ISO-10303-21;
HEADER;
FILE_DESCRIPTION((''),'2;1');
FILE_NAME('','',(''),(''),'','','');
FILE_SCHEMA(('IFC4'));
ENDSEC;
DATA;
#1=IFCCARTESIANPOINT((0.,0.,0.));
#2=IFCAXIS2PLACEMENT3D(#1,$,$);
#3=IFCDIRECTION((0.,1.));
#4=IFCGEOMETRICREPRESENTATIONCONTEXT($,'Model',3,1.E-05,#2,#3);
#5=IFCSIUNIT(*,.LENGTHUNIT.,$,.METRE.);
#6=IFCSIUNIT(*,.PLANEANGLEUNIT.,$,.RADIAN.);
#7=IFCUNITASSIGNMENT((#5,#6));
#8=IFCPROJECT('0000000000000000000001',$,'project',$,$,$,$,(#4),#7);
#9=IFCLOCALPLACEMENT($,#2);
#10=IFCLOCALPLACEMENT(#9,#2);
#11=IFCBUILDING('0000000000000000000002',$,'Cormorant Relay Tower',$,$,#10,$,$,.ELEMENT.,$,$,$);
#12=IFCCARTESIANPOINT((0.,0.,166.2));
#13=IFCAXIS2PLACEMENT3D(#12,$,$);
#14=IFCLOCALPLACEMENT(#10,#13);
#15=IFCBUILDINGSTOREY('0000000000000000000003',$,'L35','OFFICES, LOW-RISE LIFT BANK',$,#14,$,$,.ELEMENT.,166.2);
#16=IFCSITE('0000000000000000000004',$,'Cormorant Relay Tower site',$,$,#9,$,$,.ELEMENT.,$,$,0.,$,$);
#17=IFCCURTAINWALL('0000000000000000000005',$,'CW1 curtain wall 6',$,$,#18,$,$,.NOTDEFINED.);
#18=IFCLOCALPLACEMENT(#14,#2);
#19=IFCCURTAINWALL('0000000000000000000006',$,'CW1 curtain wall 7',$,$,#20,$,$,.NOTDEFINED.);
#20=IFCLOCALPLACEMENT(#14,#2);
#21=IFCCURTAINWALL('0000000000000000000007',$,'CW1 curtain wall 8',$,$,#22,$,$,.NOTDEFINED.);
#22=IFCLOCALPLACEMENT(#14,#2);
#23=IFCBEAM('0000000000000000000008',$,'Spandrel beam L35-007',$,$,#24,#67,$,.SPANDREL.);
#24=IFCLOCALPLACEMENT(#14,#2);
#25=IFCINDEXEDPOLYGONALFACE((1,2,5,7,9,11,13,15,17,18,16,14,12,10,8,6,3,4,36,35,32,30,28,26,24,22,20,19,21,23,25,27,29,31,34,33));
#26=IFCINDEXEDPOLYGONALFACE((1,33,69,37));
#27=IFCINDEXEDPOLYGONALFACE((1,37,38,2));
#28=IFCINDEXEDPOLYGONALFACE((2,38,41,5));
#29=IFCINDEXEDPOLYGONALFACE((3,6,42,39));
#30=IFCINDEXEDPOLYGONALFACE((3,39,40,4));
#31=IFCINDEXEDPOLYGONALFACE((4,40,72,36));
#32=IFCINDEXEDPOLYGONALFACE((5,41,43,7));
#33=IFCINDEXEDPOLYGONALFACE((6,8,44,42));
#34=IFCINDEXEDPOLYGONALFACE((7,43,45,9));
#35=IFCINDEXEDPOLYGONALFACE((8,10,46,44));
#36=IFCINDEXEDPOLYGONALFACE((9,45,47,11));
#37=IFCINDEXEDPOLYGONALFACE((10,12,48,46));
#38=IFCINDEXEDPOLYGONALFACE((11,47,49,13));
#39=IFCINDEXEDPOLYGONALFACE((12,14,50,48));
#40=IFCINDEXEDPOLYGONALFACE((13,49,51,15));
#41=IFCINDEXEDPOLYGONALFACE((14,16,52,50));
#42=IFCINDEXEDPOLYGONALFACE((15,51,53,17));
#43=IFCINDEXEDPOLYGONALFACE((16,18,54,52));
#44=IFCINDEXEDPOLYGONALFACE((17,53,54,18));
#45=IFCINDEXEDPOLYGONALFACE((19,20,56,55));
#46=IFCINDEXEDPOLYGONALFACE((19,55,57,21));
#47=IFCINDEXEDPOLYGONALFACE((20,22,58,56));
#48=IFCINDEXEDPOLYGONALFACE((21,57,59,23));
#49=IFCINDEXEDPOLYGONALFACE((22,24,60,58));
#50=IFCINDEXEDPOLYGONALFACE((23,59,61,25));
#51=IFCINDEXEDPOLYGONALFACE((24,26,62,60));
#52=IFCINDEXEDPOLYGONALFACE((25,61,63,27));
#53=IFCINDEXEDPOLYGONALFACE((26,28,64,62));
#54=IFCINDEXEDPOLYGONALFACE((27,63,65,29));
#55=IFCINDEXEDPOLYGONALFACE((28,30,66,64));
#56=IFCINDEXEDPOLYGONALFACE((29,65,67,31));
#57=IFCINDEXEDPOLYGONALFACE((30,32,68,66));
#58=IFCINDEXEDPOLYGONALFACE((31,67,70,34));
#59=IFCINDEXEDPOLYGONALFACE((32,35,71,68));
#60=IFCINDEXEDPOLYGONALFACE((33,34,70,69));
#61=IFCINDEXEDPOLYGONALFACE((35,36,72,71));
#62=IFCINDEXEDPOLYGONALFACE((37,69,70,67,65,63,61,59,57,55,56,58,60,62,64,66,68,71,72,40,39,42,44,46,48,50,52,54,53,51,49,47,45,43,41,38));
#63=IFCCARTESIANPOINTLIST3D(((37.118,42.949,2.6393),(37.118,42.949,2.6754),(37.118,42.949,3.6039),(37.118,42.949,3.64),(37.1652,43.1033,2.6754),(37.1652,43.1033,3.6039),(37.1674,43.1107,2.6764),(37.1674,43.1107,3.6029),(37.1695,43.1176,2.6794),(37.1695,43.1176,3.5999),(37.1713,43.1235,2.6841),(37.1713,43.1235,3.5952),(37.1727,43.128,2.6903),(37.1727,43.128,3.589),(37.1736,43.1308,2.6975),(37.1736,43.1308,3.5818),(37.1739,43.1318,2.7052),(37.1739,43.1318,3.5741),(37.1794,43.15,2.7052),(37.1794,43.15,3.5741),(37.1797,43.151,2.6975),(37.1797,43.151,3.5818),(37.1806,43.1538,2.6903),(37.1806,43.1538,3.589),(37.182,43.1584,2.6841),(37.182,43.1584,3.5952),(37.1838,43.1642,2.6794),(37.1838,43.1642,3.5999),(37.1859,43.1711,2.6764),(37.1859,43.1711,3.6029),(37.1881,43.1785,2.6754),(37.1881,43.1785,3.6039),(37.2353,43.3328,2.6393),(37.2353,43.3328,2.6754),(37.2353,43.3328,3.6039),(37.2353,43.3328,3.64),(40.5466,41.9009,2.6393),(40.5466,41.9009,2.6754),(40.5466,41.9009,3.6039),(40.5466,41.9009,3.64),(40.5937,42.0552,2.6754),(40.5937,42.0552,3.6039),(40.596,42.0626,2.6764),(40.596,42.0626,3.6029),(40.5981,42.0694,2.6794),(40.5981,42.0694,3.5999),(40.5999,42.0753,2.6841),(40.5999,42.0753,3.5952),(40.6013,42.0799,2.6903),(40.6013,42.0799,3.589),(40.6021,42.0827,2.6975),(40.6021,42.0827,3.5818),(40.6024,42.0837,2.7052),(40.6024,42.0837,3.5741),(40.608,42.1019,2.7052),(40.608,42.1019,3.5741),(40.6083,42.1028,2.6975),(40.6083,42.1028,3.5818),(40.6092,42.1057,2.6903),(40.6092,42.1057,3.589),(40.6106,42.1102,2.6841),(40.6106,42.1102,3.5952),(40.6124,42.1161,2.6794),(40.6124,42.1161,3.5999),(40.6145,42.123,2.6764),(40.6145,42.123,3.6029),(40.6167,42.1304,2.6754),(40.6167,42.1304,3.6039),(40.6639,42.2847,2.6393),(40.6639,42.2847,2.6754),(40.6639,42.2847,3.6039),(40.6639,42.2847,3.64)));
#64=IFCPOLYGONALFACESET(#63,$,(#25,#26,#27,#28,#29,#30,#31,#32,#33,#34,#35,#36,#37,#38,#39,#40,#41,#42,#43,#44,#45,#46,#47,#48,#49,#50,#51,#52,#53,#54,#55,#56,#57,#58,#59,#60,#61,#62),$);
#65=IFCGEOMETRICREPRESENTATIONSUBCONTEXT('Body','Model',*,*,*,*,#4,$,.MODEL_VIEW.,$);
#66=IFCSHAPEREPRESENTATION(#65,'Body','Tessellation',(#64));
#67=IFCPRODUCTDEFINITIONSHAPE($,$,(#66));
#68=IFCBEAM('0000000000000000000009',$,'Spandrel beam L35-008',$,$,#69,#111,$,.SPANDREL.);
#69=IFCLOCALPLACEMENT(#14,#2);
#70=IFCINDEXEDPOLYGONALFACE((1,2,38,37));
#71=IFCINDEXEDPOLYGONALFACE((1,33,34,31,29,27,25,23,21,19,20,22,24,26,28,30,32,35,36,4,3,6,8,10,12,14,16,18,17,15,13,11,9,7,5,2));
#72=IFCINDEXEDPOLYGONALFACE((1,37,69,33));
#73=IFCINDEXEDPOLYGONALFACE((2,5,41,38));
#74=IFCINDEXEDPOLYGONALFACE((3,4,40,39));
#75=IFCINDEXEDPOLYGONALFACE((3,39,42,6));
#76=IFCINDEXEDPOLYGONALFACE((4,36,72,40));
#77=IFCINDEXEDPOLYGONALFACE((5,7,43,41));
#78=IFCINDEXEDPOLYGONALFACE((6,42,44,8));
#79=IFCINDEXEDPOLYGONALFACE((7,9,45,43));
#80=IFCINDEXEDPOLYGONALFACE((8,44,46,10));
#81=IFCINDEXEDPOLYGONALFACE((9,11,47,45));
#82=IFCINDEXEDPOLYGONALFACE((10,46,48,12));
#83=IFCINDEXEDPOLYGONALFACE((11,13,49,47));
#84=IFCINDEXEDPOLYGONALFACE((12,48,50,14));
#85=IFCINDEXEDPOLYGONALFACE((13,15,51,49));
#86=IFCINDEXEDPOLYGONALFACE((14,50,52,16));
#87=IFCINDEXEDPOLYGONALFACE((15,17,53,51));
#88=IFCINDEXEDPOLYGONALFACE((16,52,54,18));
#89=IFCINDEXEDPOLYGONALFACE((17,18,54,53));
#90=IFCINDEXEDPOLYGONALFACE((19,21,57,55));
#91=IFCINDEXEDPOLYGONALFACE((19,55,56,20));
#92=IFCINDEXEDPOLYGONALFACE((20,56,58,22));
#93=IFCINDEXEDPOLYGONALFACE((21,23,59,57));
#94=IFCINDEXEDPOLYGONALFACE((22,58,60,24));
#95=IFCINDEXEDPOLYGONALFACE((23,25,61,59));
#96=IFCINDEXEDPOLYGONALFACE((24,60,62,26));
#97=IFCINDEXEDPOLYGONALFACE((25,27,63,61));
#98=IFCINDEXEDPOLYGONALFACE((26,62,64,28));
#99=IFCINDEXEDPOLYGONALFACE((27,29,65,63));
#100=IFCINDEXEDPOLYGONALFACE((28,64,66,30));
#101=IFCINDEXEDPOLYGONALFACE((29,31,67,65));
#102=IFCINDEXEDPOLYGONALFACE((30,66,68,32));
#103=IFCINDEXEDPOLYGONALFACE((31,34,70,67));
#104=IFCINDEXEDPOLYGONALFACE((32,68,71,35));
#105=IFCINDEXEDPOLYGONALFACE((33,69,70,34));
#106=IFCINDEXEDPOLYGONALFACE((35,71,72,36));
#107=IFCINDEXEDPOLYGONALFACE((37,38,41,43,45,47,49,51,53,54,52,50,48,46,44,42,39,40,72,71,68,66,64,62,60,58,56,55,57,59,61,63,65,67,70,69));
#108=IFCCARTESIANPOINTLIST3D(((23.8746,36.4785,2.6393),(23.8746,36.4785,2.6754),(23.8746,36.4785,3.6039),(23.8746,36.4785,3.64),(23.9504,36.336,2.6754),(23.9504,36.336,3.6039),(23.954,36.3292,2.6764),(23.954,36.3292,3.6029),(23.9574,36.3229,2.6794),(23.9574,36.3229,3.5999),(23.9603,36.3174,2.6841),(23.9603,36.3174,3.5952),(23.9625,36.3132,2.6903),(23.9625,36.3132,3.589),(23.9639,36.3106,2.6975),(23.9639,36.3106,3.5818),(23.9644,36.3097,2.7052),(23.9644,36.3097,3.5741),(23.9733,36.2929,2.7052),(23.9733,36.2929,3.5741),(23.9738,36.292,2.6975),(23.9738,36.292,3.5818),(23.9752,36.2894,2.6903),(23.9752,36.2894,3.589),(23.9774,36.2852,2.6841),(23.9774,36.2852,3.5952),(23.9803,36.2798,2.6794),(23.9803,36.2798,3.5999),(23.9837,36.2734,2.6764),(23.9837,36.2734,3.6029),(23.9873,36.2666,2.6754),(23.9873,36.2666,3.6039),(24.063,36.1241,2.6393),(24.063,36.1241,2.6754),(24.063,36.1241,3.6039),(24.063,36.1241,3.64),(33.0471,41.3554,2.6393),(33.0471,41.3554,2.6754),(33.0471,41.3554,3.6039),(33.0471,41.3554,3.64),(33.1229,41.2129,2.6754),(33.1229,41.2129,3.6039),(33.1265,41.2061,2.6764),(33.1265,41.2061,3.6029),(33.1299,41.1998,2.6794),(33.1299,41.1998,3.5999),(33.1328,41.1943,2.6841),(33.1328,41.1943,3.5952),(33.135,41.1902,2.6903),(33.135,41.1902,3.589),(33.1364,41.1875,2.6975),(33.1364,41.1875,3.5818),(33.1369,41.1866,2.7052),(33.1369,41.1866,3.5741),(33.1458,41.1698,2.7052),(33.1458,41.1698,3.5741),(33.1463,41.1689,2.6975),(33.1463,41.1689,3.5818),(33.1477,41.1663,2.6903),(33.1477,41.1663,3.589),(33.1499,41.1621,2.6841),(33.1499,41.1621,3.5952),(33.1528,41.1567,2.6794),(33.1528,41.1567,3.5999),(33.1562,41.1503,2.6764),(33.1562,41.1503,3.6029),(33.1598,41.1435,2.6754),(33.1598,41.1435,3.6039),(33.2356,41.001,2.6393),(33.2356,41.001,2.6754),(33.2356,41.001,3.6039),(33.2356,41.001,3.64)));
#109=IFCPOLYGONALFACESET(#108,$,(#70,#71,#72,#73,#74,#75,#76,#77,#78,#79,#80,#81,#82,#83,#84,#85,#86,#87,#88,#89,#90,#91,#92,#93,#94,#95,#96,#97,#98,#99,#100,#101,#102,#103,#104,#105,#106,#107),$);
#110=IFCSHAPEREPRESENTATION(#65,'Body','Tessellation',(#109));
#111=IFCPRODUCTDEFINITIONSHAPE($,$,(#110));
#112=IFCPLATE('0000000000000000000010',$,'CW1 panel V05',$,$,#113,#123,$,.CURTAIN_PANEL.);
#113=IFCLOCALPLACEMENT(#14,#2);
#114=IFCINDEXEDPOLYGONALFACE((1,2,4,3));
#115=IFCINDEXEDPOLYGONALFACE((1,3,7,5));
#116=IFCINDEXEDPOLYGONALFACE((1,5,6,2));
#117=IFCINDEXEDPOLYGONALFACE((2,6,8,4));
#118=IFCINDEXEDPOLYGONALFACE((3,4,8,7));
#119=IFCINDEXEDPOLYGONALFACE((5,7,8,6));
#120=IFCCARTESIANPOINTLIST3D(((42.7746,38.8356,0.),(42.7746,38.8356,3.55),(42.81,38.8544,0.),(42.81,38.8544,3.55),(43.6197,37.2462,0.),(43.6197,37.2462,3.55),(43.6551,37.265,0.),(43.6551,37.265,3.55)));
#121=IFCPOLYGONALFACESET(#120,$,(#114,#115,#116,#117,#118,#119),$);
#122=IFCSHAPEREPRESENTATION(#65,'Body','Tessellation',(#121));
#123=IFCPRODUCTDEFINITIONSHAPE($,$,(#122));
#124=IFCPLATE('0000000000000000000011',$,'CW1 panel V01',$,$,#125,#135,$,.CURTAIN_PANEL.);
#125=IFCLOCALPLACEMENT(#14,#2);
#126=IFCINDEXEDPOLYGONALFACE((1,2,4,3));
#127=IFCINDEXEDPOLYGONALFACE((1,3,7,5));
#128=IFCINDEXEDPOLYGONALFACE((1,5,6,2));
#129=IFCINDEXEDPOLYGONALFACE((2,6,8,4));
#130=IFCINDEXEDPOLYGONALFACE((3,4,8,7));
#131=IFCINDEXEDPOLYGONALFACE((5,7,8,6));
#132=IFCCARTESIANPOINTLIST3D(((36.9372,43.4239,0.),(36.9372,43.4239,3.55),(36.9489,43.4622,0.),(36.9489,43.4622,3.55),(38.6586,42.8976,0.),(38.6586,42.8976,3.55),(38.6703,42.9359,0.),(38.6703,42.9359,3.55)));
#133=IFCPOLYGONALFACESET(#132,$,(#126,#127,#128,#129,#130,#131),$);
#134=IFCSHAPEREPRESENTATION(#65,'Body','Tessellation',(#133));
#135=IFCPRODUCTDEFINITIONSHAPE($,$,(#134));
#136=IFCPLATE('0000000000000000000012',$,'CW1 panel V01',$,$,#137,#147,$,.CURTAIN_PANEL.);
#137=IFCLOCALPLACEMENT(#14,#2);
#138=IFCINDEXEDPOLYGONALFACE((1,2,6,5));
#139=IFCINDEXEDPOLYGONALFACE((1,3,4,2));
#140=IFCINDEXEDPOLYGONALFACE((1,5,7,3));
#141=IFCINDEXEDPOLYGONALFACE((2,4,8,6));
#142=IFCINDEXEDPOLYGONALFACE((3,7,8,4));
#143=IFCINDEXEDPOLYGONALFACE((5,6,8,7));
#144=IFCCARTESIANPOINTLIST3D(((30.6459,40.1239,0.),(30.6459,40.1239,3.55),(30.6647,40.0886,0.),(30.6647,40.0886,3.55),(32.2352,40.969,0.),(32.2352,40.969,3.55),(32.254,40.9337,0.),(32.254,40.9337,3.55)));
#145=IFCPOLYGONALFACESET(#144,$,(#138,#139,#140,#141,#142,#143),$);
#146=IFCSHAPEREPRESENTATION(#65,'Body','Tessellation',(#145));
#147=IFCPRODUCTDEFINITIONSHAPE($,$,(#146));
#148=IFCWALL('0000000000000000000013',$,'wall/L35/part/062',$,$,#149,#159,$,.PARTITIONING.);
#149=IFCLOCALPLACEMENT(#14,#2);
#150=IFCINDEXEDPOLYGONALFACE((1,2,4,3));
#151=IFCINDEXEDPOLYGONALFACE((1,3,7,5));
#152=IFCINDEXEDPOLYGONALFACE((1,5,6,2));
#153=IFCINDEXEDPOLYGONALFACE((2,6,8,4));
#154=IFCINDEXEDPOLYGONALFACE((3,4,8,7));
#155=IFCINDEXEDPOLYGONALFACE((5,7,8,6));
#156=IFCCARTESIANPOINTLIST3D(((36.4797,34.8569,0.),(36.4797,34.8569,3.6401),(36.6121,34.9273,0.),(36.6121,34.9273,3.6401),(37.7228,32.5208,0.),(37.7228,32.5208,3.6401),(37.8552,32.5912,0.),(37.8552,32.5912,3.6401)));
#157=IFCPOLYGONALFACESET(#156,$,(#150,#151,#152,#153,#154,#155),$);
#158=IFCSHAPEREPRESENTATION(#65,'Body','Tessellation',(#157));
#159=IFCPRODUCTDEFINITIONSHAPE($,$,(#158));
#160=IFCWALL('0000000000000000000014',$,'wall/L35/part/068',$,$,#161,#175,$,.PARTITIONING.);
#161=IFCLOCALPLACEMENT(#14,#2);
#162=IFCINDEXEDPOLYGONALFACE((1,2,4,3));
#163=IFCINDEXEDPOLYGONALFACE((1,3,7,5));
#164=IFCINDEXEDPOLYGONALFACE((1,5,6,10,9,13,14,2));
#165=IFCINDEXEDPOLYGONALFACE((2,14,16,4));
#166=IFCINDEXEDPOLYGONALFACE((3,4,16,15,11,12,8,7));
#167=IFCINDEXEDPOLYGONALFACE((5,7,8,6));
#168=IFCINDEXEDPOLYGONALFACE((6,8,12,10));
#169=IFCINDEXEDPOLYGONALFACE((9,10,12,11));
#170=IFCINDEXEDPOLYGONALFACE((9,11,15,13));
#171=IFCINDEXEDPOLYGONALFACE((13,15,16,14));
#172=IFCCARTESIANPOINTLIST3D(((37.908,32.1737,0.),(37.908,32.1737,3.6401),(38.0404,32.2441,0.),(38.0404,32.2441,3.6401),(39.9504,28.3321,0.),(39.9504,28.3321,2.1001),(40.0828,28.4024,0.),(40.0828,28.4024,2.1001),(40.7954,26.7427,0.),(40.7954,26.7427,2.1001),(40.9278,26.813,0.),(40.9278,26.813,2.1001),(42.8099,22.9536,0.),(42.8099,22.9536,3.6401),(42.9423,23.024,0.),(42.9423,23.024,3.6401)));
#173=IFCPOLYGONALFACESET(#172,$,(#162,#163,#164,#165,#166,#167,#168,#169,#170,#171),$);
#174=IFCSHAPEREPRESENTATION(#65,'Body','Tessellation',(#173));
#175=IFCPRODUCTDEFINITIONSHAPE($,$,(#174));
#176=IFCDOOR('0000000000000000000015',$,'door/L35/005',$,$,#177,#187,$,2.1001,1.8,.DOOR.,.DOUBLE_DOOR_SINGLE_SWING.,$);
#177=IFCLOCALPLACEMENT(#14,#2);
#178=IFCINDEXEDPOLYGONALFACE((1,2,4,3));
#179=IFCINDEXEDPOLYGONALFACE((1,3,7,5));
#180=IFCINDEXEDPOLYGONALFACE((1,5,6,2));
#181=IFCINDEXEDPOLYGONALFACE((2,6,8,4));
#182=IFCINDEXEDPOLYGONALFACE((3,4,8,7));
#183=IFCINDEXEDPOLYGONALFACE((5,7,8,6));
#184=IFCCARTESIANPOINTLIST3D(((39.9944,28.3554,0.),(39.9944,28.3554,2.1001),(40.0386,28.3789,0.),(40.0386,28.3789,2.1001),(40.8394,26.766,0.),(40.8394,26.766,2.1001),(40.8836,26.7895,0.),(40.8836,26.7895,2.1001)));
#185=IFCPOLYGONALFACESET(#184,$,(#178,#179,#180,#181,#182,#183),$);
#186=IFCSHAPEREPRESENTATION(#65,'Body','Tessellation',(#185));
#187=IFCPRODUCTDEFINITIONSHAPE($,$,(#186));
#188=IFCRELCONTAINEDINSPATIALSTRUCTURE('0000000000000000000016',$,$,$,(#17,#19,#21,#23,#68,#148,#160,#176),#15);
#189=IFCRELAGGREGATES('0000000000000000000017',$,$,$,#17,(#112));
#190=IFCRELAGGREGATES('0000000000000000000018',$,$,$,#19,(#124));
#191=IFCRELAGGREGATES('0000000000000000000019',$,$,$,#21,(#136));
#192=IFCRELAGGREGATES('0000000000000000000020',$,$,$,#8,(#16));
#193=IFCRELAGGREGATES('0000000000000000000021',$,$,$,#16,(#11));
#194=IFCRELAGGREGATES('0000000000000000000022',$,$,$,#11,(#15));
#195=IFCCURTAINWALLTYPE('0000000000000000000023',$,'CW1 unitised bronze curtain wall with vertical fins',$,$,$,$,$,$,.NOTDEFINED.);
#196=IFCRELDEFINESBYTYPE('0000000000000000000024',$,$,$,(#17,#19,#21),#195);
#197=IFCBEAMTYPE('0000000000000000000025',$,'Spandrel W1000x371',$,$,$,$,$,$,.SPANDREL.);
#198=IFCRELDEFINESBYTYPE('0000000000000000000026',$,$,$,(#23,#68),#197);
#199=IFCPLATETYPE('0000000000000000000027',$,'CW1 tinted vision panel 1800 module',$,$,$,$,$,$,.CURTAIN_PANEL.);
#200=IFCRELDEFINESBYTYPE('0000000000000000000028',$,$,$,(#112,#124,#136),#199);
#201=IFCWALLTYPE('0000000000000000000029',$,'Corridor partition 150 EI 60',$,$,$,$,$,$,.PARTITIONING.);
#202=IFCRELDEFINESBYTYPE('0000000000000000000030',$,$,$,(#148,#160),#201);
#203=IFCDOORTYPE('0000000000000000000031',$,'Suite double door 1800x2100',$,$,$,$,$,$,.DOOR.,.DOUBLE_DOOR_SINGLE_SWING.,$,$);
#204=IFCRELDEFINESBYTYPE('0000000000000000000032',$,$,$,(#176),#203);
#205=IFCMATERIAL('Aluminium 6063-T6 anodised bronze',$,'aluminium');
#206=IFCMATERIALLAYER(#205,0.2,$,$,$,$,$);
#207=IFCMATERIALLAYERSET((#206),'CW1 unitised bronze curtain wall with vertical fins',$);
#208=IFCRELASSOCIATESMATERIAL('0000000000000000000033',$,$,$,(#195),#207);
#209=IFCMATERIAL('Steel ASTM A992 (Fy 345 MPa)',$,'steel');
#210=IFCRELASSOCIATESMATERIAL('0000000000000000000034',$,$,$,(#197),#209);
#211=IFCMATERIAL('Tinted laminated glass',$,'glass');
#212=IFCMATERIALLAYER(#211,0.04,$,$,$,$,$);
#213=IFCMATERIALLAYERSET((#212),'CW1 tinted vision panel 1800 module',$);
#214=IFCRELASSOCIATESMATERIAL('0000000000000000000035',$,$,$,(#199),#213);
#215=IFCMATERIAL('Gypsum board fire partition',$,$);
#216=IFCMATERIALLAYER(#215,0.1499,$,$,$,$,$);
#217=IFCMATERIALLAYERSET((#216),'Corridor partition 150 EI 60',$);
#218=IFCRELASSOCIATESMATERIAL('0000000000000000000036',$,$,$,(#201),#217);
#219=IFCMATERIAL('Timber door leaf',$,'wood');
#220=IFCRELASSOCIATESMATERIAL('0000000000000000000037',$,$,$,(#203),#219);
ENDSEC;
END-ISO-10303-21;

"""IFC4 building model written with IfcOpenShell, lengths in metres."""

from ifc_helpers import new_model, si_unit, direction, frame, frame_2d, origin, origin_2d, place, context, subcontext, project, spatial, rectangle, i_section, extrude, material, layer, layer_set, material_profile, profile_set, type_object, element, fill, aggregate, save


model = new_model("IFC4")

# Units and contexts
model_context = context("Model", 3, precision=1e-05, world=origin(), true_north=direction((0.0, 1.0)))
body_context = subcontext(model_context, "Body", "Model", "MODEL_VIEW")
ifc_project = project(units=[si_unit("LENGTHUNIT", "METRE"), si_unit("PLANEANGLEUNIT", "RADIAN")], contexts=[model_context])

# Site, building, storey
site_placement = place(None, origin())
site = spatial("IfcSite", under=ifc_project, at=site_placement, Name="Cormorant Relay Tower site", CompositionType="ELEMENT", RefElevation=0.0)
building_placement = place(site_placement, origin())
building = spatial("IfcBuilding", under=site, at=building_placement, Name="Cormorant Relay Tower", CompositionType="ELEMENT")
storey_placement = place(building_placement, frame((0.0, 0.0, 166.2)))
storey = spatial("IfcBuildingStorey", under=building, at=storey_placement, Name="L35", Description="OFFICES, LOW-RISE LIFT BANK", CompositionType="ELEMENT", Elevation=166.2)

# Curtain wall
ifc_material_1 = material(Name="Aluminium 6063-T6 anodised bronze", Category="aluminium")
ifc_layer_1 = layer(ifc_material_1, 0.2)
ifc_layer_set_1 = layer_set([ifc_layer_1], Name="CW1 unitised bronze curtain wall with vertical fins")
curtain_wall_type = type_object("IfcCurtainWallType", Name="CW1 unitised bronze curtain wall with vertical fins", PredefinedType="NOTDEFINED", material=ifc_layer_set_1)
curtain_wall_1_placement = place(storey_placement, origin())
curtain_wall_1 = element("IfcCurtainWall", 1, at=curtain_wall_1_placement, inside=storey, type_object=curtain_wall_type, Name="CW1 curtain wall 6", PredefinedType="NOTDEFINED")

# Curtain wall
curtain_wall_2_placement = place(storey_placement, origin())
curtain_wall_2 = element("IfcCurtainWall", 2, at=curtain_wall_2_placement, inside=storey, type_object=curtain_wall_type, Name="CW1 curtain wall 7", PredefinedType="NOTDEFINED")

# Curtain wall
curtain_wall_3_placement = place(storey_placement, origin())
curtain_wall_3 = element("IfcCurtainWall", 3, at=curtain_wall_3_placement, inside=storey, type_object=curtain_wall_type, Name="CW1 curtain wall 8", PredefinedType="NOTDEFINED")

# Beams
ifc_material_2 = material(Name="Steel ASTM A992 (Fy 345 MPa)", Category="steel")
ifc_material_profile_1 = material_profile(ifc_material_2, i_section(OverallWidth=0.4014, OverallDepth=1.0007, WebThickness=0.019, FlangeThickness=0.0361, FilletRadius=0.0298, at=origin_2d()), Name="W1000x371")
ifc_profile_set_1 = profile_set([ifc_material_profile_1], Name="Steel ASTM A992 (Fy 345 MPa)")
beam_type = type_object("IfcBeamType", Name="Spandrel W1000x371", PredefinedType="SPANDREL", material=ifc_profile_set_1)
beam_1_placement = place(storey_placement, frame((40.6052, 42.0928, 3.1396), z_axis=(-0.956312, 0.292348, 0.0), x_axis=(-0.292348, -0.956312, 0.0)))
element("IfcBeam", 4, at=beam_1_placement, inside=storey, type_object=beam_type, Name="Spandrel beam L35-007", PredefinedType="SPANDREL", context=body_context, shape_type="SweptSolid", body=[
    extrude(i_section(OverallWidth=0.4014, OverallDepth=1.0007, WebThickness=0.019, FlangeThickness=0.0361, FilletRadius=0.0298, at=origin_2d()), origin(), (0.0, 0.0, 1.0), 3.5852),
])
beam_2_placement = place(storey_placement, frame((33.1414, 41.1782, 3.1396), z_axis=(-0.882956, -0.469456, 0.0), x_axis=(0.469456, -0.882956, 0.0)))
element("IfcBeam", 5, at=beam_2_placement, inside=storey, type_object=beam_type, Name="Spandrel beam L35-008", PredefinedType="SPANDREL", context=body_context, shape_type="SweptSolid", body=[
    extrude(i_section(OverallWidth=0.4014, OverallDepth=1.0007, WebThickness=0.019, FlangeThickness=0.0361, FilletRadius=0.0298, at=origin_2d()), origin(), (0.0, 0.0, 1.0), 10.3884),
])

# Plates
ifc_material_3 = material(Name="Tinted laminated glass", Category="glass")
ifc_layer_2 = layer(ifc_material_3, 0.04)
ifc_layer_set_2 = layer_set([ifc_layer_2], Name="CW1 tinted vision panel 1800 module")
plate_type = type_object("IfcPlateType", Name="CW1 tinted vision panel 1800 module", PredefinedType="CURTAIN_PANEL", material=ifc_layer_set_2)
plate_1_placement = place(storey_placement, frame((43.2148, 38.0503, 0.0), z_axis=(0.0, 0.0, 1.0), x_axis=(-0.469472, 0.882948, 0.0)))
plate_1 = element("IfcPlate", 6, at=plate_1_placement, type_object=plate_type, Name="CW1 panel V05", PredefinedType="CURTAIN_PANEL", context=body_context, shape_type="SweptSolid", body=[
    extrude(rectangle(XDim=1.8, YDim=0.04, at=origin_2d()), origin(), (0.0, 0.0, 1.0), 3.55),
])
plate_2_placement = place(storey_placement, frame((37.8037, 43.1799, 0.0), z_axis=(0.0, 0.0, 1.0), x_axis=(-0.956305, 0.292372, 0.0)))
plate_2 = element("IfcPlate", 7, at=plate_2_placement, type_object=plate_type, Name="CW1 panel V01", PredefinedType="CURTAIN_PANEL", context=body_context, shape_type="SweptSolid", body=[
    extrude(rectangle(XDim=1.8, YDim=0.04, at=origin_2d()), origin(), (0.0, 0.0, 1.0), 3.55),
])
plate_3_placement = place(storey_placement, frame((31.45, 40.5288, 0.0), z_axis=(0.0, 0.0, 1.0), x_axis=(-0.882948, -0.469472, 0.0)))
plate_3 = element("IfcPlate", 8, at=plate_3_placement, type_object=plate_type, Name="CW1 panel V01", PredefinedType="CURTAIN_PANEL", context=body_context, shape_type="SweptSolid", body=[
    extrude(rectangle(XDim=1.8, YDim=0.04, at=origin_2d()), origin(), (0.0, 0.0, 1.0), 3.55),
])

# Wall
ifc_material_4 = material(Name="Gypsum board fire partition")
ifc_layer_3 = layer(ifc_material_4, 0.1499)
ifc_layer_set_3 = layer_set([ifc_layer_3], Name="Corridor partition 150 EI 60")
wall_type_1 = type_object("IfcWallType", Name="Corridor partition 150 EI 60", PredefinedType="PARTITIONING", material=ifc_layer_set_3)
wall_1_placement = place(storey_placement, frame((37.7891, 32.5559, 0.0), z_axis=(0.0, 0.0, 1.0), x_axis=(-0.469764, 0.882792, 0.0)))
element("IfcWall", 9, at=wall_1_placement, inside=storey, type_object=wall_type_1, Name="wall/L35/part/062", PredefinedType="PARTITIONING", context=body_context, shape_type="SweptSolid", body=[
    extrude(rectangle(XDim=2.6462, YDim=0.1499, at=frame_2d((1.3232, 0.0))), origin(), (0.0, 0.0, 1.0), 3.6401),
])

# Wall, opening, door
wall_2_placement = place(storey_placement, frame((37.9741, 32.209, 0.0), z_axis=(0.0, 0.0, 1.0), x_axis=(0.469435, -0.882967, 0.0)))
wall_2 = element("IfcWall", 10, at=wall_2_placement, inside=storey, type_object=wall_type_1, Name="wall/L35/part/068", PredefinedType="PARTITIONING", context=body_context, shape_type="SweptSolid", body=[
    extrude(rectangle(XDim=10.4421, YDim=0.1499, at=frame_2d((5.2212, 0.0))), origin(), (0.0, 0.0, 1.0), 3.6401),
])
opening_placement = place(wall_2_placement, frame((4.3511, 0.0, 0.0)))
opening = element("IfcOpeningElement", 11, at=opening_placement, cuts=wall_2, PredefinedType="OPENING", context=body_context, shape_type="SweptSolid", body=[
    extrude(rectangle(XDim=1.8, YDim=2.1001, at=frame_2d((0.8999, 1.05))), frame((0.0, 0.085, 0.0), z_axis=(0.0, -1.0, 0.0), x_axis=(1.0, 0.0, 0.0)), (0.0, 0.0, 1.0), 0.1699),
])
ifc_material_5 = material(Name="Timber door leaf", Category="wood")
door_type = type_object("IfcDoorType", Name="Suite double door 1800x2100", OperationType="DOUBLE_DOOR_SINGLE_SWING", PredefinedType="DOOR", material=ifc_material_5)
door_placement = place(opening_placement, origin())
door = element("IfcDoor", 12, at=door_placement, inside=storey, type_object=door_type, Name="door/L35/005", OperationType="DOUBLE_DOOR_SINGLE_SWING", OverallHeight=2.1001, OverallWidth=1.8, PredefinedType="DOOR", context=body_context, shape_type="SweptSolid", body=[
    extrude(rectangle(XDim=1.8, YDim=2.1001, at=frame_2d((0.8999, 1.05))), frame((0.0, 0.0249, 0.0), z_axis=(0.0, -1.0, 0.0), x_axis=(1.0, 0.0, 0.0)), (0.0, 0.0, 1.0), 0.05),
])
fill(opening, door)

aggregate(curtain_wall_1, [plate_1])
aggregate(curtain_wall_2, [plate_2])
aggregate(curtain_wall_3, [plate_3])

save(model, "model.ifc")
